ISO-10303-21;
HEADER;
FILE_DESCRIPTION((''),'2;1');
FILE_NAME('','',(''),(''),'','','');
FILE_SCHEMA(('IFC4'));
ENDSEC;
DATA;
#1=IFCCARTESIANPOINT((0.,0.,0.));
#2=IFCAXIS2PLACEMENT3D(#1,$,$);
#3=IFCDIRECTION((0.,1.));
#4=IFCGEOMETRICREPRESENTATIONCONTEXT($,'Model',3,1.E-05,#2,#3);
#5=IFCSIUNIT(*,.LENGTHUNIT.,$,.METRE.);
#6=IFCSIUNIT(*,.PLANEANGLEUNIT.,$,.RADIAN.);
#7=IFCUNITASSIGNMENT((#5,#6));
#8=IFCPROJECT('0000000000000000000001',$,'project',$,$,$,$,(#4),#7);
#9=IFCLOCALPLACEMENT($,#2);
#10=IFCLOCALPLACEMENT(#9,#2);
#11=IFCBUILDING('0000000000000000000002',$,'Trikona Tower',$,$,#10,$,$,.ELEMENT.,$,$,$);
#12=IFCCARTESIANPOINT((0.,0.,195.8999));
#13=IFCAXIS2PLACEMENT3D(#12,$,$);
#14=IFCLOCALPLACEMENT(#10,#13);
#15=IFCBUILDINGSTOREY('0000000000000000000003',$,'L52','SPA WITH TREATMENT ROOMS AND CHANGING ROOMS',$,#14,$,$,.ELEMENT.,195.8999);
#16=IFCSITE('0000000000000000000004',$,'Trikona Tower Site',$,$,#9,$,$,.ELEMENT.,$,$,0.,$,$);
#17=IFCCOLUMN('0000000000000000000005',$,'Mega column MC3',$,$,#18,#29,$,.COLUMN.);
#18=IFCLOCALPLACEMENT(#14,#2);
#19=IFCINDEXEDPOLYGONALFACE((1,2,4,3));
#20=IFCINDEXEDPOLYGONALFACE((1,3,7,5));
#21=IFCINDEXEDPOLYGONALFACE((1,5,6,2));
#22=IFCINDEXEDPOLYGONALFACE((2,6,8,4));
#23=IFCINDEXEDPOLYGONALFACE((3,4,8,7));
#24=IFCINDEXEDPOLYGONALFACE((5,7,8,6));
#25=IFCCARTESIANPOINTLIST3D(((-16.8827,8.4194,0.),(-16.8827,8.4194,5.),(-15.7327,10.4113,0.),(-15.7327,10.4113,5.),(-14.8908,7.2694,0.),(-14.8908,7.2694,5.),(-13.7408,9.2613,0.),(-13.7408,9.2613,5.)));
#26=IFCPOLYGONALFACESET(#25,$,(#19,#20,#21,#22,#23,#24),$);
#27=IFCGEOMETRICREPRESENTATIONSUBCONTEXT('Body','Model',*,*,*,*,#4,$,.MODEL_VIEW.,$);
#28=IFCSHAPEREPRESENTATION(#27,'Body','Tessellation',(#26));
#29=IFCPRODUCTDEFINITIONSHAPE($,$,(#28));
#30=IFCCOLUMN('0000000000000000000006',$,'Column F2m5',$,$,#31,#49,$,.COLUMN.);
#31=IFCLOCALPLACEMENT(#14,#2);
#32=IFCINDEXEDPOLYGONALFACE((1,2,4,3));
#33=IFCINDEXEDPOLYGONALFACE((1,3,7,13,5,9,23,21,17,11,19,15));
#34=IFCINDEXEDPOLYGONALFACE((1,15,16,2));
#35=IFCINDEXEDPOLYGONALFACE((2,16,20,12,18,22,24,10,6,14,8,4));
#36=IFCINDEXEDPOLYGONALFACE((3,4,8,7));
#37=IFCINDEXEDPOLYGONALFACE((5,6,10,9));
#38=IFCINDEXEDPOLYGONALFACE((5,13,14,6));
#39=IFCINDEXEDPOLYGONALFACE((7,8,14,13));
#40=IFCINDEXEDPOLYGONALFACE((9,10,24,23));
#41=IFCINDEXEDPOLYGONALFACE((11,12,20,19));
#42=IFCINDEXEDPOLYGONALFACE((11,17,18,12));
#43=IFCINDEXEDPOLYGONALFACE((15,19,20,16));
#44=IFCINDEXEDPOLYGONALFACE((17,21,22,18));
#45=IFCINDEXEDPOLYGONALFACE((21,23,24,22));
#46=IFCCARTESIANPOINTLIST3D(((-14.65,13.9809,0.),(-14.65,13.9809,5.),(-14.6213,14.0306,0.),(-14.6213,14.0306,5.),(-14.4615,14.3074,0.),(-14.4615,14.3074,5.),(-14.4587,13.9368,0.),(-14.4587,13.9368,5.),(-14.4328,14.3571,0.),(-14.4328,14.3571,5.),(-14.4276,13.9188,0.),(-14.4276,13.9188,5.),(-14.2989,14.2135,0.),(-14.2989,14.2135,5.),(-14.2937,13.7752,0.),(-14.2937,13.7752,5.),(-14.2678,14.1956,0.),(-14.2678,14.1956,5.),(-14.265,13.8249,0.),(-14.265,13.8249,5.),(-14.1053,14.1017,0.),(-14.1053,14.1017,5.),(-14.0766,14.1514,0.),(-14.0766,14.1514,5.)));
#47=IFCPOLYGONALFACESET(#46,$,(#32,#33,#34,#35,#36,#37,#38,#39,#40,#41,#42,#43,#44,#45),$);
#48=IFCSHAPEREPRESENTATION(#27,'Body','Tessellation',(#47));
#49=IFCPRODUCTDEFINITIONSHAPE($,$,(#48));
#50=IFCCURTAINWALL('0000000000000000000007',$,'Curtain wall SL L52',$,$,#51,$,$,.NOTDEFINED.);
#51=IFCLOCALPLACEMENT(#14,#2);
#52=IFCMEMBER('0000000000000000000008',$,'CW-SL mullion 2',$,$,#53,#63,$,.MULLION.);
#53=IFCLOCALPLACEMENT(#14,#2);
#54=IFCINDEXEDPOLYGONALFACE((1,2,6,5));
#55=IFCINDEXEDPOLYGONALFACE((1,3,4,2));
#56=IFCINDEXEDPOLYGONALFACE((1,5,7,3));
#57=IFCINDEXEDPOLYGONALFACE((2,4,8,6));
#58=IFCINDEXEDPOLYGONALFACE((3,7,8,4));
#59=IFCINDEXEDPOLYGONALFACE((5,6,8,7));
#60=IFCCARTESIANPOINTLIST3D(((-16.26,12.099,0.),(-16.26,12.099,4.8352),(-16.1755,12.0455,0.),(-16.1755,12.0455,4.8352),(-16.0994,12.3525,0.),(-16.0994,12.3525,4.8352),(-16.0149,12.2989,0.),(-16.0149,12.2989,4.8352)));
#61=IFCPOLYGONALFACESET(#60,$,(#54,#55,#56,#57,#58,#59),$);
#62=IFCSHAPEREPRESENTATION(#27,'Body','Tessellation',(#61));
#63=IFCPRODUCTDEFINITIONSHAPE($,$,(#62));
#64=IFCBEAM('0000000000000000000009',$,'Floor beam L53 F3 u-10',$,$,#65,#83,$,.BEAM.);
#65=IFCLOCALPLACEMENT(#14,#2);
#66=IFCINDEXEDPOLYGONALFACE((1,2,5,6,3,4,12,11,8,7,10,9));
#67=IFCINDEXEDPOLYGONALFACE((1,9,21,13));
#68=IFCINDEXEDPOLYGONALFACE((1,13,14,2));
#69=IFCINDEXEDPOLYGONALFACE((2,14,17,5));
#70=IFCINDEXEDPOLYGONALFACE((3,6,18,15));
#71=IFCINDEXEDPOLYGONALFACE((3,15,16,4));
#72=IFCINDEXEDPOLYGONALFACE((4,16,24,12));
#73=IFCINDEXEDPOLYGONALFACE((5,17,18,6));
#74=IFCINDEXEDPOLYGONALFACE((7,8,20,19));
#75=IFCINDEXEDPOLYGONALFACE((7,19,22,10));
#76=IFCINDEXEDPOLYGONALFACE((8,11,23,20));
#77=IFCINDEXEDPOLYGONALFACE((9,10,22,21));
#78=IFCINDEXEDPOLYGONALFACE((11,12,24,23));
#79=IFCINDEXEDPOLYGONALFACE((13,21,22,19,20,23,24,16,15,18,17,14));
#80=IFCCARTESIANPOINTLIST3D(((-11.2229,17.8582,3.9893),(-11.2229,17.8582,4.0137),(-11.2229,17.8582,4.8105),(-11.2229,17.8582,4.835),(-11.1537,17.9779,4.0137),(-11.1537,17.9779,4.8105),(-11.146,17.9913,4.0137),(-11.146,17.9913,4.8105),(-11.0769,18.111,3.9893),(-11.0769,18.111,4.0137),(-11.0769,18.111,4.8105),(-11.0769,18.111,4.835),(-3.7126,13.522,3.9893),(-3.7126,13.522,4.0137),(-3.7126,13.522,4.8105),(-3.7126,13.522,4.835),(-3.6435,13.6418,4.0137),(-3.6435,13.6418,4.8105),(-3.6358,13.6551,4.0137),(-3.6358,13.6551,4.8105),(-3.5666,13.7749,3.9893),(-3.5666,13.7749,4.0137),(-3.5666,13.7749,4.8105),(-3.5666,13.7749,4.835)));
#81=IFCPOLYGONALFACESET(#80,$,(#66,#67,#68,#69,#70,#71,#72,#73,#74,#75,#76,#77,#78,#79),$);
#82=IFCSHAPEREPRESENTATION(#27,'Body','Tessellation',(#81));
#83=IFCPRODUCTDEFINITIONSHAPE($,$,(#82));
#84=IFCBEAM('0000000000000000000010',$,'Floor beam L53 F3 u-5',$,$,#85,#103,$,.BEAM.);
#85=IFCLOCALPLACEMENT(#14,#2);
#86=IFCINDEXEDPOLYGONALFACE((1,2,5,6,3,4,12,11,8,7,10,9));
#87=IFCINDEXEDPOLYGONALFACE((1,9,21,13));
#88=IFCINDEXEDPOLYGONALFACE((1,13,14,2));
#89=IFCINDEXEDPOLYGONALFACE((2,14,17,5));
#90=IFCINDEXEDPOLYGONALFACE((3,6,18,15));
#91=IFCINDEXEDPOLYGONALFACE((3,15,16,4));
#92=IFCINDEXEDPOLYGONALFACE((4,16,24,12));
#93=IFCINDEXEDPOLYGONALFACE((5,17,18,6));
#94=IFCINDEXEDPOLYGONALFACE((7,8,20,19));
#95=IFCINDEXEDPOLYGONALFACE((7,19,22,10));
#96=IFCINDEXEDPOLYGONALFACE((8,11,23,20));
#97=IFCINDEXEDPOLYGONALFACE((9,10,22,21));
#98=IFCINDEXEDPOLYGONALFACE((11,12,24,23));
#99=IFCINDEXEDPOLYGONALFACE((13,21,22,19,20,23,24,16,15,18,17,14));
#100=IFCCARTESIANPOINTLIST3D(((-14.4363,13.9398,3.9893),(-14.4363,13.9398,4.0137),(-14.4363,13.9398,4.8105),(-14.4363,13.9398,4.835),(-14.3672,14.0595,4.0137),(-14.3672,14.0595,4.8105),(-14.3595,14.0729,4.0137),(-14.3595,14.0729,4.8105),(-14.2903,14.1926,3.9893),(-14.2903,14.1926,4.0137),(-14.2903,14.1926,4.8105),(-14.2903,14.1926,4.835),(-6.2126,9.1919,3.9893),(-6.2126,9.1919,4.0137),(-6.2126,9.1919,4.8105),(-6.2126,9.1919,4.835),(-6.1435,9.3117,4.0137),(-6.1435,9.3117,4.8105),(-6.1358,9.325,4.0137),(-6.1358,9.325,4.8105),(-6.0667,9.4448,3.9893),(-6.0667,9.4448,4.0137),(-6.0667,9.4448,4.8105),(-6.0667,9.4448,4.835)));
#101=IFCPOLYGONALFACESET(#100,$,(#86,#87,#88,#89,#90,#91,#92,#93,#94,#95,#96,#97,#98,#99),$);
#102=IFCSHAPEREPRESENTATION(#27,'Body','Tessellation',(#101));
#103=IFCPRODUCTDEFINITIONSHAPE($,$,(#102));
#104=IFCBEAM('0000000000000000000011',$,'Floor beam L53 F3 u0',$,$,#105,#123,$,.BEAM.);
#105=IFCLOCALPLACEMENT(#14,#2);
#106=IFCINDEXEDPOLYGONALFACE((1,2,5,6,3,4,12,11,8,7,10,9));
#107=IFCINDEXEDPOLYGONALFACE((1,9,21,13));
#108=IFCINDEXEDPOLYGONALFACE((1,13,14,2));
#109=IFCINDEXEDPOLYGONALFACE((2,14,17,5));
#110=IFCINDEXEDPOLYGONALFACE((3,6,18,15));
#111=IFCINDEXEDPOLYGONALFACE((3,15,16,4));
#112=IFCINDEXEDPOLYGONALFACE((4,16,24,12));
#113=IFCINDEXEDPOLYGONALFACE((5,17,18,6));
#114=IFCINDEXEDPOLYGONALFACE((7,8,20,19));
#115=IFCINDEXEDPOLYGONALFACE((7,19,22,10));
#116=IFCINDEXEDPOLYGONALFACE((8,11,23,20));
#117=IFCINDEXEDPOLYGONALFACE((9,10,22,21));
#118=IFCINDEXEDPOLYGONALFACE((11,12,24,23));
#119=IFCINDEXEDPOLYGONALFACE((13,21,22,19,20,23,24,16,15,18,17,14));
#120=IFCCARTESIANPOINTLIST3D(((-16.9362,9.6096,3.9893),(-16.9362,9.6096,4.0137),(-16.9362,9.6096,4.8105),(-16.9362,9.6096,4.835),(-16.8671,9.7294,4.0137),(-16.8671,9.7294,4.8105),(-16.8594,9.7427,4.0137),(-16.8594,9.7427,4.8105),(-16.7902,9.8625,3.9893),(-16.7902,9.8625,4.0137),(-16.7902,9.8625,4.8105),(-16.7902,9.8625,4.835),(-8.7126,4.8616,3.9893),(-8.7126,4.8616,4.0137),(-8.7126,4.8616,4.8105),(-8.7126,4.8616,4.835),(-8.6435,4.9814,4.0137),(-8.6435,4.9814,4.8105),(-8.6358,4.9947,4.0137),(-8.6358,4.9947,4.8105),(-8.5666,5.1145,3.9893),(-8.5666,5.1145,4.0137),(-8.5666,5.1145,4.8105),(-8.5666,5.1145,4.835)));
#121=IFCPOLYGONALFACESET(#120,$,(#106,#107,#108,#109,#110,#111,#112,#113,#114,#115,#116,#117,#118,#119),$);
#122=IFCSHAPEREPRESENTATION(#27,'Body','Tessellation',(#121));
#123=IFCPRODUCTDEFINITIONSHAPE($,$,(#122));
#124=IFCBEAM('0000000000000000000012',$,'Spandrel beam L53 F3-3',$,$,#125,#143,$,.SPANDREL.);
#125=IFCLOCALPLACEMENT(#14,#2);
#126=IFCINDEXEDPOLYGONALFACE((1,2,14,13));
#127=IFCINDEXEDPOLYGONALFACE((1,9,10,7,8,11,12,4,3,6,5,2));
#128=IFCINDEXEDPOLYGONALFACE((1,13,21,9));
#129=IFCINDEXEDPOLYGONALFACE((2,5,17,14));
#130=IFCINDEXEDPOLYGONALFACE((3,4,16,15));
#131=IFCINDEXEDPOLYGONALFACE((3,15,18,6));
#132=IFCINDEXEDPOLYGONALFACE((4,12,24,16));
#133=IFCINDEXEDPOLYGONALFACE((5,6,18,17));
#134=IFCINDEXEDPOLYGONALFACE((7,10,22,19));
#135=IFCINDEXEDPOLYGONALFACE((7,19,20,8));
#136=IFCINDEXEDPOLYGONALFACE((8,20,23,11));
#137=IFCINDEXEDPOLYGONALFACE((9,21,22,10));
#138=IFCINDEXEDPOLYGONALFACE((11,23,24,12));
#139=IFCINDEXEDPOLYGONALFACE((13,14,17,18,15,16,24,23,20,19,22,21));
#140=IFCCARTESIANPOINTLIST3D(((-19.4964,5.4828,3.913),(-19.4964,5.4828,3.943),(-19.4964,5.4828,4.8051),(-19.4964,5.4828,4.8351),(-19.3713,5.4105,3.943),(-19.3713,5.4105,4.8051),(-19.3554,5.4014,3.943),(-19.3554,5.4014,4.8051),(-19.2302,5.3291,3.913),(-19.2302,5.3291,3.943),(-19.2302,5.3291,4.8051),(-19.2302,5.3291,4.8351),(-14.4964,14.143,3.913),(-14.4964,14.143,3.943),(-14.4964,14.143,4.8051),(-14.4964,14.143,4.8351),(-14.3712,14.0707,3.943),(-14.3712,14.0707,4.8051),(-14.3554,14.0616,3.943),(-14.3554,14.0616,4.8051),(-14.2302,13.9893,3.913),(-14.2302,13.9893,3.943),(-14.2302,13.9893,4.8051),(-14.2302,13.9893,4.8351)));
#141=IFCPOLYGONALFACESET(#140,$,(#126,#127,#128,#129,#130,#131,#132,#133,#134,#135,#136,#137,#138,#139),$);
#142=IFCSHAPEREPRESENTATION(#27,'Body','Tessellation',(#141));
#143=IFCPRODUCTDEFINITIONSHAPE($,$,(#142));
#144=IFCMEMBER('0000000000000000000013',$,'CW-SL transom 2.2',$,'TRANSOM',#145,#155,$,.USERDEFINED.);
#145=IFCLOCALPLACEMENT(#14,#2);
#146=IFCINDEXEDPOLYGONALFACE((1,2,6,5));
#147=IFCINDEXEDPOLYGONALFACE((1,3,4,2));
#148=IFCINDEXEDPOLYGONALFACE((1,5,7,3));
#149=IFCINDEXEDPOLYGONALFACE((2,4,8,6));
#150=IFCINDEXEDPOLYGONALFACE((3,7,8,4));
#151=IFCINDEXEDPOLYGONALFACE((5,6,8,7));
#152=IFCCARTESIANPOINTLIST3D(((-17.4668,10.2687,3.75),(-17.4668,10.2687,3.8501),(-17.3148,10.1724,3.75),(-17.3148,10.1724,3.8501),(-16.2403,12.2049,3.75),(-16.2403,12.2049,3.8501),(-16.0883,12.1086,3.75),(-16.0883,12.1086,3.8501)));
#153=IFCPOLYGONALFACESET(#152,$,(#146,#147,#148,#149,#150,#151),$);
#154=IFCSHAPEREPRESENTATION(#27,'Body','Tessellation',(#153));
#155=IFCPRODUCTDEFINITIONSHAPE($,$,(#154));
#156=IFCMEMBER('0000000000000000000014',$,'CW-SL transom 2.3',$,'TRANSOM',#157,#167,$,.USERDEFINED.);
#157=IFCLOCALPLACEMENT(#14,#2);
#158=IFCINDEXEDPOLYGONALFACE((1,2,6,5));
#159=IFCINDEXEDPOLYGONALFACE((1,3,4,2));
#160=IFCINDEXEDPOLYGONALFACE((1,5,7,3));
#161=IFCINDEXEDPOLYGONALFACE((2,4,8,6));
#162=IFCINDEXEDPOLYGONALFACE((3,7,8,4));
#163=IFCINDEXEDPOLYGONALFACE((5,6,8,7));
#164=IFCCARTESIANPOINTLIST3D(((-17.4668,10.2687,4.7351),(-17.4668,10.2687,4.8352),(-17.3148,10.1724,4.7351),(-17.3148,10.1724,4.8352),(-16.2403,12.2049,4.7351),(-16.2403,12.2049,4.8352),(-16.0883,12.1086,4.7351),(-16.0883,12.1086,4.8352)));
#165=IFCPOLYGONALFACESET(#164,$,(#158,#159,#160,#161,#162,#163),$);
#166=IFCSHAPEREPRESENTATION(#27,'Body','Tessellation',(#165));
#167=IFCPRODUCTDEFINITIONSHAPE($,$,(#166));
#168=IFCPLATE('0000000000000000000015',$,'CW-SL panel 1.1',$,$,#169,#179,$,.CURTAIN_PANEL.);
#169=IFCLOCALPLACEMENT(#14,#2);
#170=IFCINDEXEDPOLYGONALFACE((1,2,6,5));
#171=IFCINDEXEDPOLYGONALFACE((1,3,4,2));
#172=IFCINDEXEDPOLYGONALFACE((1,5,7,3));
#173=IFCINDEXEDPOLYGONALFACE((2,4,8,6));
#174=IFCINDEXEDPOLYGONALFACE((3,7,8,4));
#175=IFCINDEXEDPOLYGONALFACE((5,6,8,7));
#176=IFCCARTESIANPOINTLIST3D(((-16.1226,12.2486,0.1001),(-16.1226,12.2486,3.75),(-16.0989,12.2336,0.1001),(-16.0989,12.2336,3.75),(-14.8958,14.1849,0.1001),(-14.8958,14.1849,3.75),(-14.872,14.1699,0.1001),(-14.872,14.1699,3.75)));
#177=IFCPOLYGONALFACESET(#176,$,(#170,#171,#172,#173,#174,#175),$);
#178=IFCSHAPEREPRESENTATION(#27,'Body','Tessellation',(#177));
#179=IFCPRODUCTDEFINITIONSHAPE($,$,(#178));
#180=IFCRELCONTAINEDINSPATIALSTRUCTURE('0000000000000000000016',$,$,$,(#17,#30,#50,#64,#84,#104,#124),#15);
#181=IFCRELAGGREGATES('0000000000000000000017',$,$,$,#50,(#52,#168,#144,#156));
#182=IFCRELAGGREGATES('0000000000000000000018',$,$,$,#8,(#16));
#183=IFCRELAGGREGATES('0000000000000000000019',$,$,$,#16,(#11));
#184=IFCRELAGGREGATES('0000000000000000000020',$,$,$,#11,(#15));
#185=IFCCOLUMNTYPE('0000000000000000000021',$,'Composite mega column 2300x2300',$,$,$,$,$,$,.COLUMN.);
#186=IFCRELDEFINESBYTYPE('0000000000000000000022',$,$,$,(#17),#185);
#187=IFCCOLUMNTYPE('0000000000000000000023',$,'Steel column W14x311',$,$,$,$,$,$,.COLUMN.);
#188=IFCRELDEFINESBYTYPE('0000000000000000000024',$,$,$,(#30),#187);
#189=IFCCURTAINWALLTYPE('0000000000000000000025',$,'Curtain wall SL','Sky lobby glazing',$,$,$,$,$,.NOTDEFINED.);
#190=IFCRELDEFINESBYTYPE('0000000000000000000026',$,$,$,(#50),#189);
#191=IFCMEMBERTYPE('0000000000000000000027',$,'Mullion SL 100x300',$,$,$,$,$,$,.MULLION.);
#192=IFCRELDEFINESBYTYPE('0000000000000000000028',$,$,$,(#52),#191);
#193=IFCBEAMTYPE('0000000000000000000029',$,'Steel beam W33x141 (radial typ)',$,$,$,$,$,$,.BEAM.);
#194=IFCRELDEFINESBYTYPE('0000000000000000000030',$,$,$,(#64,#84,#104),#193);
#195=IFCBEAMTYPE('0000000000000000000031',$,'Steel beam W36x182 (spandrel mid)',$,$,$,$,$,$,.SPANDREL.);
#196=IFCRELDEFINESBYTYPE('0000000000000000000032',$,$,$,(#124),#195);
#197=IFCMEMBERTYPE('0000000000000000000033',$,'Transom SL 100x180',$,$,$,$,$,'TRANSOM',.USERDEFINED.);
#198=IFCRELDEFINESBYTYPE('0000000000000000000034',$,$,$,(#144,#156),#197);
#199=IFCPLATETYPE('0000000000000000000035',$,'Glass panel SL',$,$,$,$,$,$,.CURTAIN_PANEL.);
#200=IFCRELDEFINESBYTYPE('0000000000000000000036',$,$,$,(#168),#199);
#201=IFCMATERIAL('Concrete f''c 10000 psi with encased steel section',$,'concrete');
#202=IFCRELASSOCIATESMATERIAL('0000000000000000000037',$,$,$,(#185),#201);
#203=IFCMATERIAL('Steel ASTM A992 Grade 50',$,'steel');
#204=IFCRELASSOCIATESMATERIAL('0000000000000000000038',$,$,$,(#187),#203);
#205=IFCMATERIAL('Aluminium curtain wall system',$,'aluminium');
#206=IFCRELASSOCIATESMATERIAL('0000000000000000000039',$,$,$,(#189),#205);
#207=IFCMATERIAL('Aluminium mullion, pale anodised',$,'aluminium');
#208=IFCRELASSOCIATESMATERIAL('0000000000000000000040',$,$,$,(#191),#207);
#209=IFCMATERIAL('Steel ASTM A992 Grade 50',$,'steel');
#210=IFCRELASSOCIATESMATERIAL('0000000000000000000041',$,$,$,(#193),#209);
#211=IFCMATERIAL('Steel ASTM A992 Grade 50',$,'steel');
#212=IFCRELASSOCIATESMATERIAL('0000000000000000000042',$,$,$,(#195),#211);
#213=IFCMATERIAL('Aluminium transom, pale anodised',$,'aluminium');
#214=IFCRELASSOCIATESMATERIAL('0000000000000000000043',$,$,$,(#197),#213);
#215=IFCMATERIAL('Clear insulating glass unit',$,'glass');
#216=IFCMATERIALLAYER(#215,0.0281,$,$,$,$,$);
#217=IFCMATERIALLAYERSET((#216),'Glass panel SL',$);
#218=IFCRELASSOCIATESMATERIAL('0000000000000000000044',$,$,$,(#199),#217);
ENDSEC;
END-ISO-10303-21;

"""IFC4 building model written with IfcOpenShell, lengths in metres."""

from ifc_helpers import new_model, si_unit, direction, frame, origin, origin_2d, place, context, subcontext, project, spatial, rectangle, i_section, extrude, material, layer, layer_set, material_profile, profile_set, type_object, element, aggregate, save


model = new_model("IFC4")

# Units and contexts
model_context = context("Model", 3, precision=1e-05, world=origin(), true_north=direction((0.0, 1.0)))
body_context = subcontext(model_context, "Body", "Model", "MODEL_VIEW")
ifc_project = project(units=[si_unit("LENGTHUNIT", "METRE"), si_unit("PLANEANGLEUNIT", "RADIAN")], contexts=[model_context])

# Site, building, storey
site_placement = place(None, origin())
site = spatial("IfcSite", under=ifc_project, at=site_placement, Name="Trikona Tower Site", CompositionType="ELEMENT", RefElevation=0.0)
building_placement = place(site_placement, origin())
building = spatial("IfcBuilding", under=site, at=building_placement, Name="Trikona Tower", CompositionType="ELEMENT")
storey_placement = place(building_placement, frame((0.0, 0.0, 195.8999)))
storey = spatial("IfcBuildingStorey", under=building, at=storey_placement, Name="L52", Description="SPA WITH TREATMENT ROOMS AND CHANGING ROOMS", CompositionType="ELEMENT", Elevation=195.8999)

# Columns
ifc_material_1 = material(Name="Concrete f'c 10000 psi with encased steel section", Category="concrete")
ifc_material_profile_1 = material_profile(ifc_material_1, rectangle(XDim=2.3, YDim=2.3, at=origin_2d()), Name="MC2300")
ifc_profile_set_1 = profile_set([ifc_material_profile_1], Name="Concrete f'c 10000 psi with encased steel section")
column_type_1 = type_object("IfcColumnType", Name="Composite mega column 2300x2300", PredefinedType="COLUMN", material=ifc_profile_set_1)
column_1_placement = place(storey_placement, frame((-15.3118, 8.8403, 0.0), z_axis=(0.0, 0.0, 1.0), x_axis=(-0.866025, 0.5, 0.0)))
element("IfcColumn", 1, at=column_1_placement, inside=storey, type_object=column_type_1, Name="Mega column MC3", PredefinedType="COLUMN", context=body_context, shape_type="SweptSolid", body=[
    extrude(rectangle(XDim=2.3, YDim=2.3, at=origin_2d()), origin(), (0.0, 0.0, 1.0), 5.0),
])
ifc_material_2 = material(Name="Steel ASTM A992 Grade 50", Category="steel")
ifc_material_profile_2 = material_profile(ifc_material_2, i_section(OverallWidth=0.4114, OverallDepth=0.4343, WebThickness=0.0359, FlangeThickness=0.0574, at=origin_2d()), Name="W14X311")
ifc_profile_set_2 = profile_set([ifc_material_profile_2], Name="Steel ASTM A992 Grade 50")
column_type_2 = type_object("IfcColumnType", Name="Steel column W14x311", PredefinedType="COLUMN", material=ifc_profile_set_2)
column_2_placement = place(storey_placement, frame((-14.3633, 14.0662, 0.0), z_axis=(0.0, 0.0, 1.0), x_axis=(-0.866025, 0.5, 0.0)))
element("IfcColumn", 2, at=column_2_placement, inside=storey, type_object=column_type_2, Name="Column F2m5", PredefinedType="COLUMN", context=body_context, shape_type="SweptSolid", body=[
    extrude(i_section(OverallWidth=0.4114, OverallDepth=0.4343, WebThickness=0.0359, FlangeThickness=0.0574, at=origin_2d()), origin(), (0.0, 0.0, 1.0), 5.0),
])

# Curtain wall, member
ifc_material_3 = material(Name="Aluminium curtain wall system", Category="aluminium")
curtain_wall_type = type_object("IfcCurtainWallType", Name="Curtain wall SL", Description="Sky lobby glazing", PredefinedType="NOTDEFINED", material=ifc_material_3)
curtain_wall_placement = place(storey_placement, origin())
curtain_wall = element("IfcCurtainWall", 3, at=curtain_wall_placement, inside=storey, type_object=curtain_wall_type, Name="Curtain wall SL L52", PredefinedType="NOTDEFINED")
ifc_material_4 = material(Name="Aluminium mullion, pale anodised", Category="aluminium")
ifc_material_profile_3 = material_profile(ifc_material_4, rectangle(XDim=0.1001, YDim=0.3, at=origin_2d()), Name="MUL-SL")
ifc_profile_set_3 = profile_set([ifc_material_profile_3], Name="Aluminium mullion, pale anodised")
member_type_1 = type_object("IfcMemberType", Name="Mullion SL 100x300", PredefinedType="MULLION", material=ifc_profile_set_3)
member_1_placement = place(storey_placement, frame((-16.1375, 12.199, 0.0), z_axis=(0.0, 0.0, 1.0), x_axis=(0.844718, -0.535212, 0.0)))
member_1 = element("IfcMember", 4, at=member_1_placement, type_object=member_type_1, Name="CW-SL mullion 2", PredefinedType="MULLION", context=body_context, shape_type="SweptSolid", body=[
    extrude(rectangle(XDim=0.1001, YDim=0.3, at=origin_2d()), origin(), (0.0, 0.0, 1.0), 4.8352),
])

# Beams
ifc_material_5 = material(Name="Steel ASTM A992 Grade 50", Category="steel")
ifc_material_profile_4 = material_profile(ifc_material_5, i_section(OverallWidth=0.292, OverallDepth=0.8457, WebThickness=0.0154, FlangeThickness=0.0244, at=origin_2d()), Name="W33X141")
ifc_profile_set_4 = profile_set([ifc_material_profile_4], Name="Steel ASTM A992 Grade 50")
beam_type_1 = type_object("IfcBeamType", Name="Steel beam W33x141 (radial typ)", PredefinedType="BEAM", material=ifc_profile_set_4)
beam_1_placement = place(storey_placement, frame((-3.6396, 13.6484, 4.4121), z_axis=(-0.866019, 0.500012, 0.0), x_axis=(-0.500012, -0.866019, 0.0)))
element("IfcBeam", 5, at=beam_1_placement, inside=storey, type_object=beam_type_1, Name="Floor beam L53 F3 u-10", PredefinedType="BEAM", context=body_context, shape_type="SweptSolid", body=[
    extrude(i_section(OverallWidth=0.292, OverallDepth=0.8457, WebThickness=0.0154, FlangeThickness=0.0244, at=origin_2d()), origin(), (0.0, 0.0, 1.0), 8.6721),
])
for number, where, z_axis, x_axis, name in (
    (6, (-6.1396, 9.3184, 4.4121), (-0.866031, 0.499991, 0.0), (-0.499991, -0.866031, 0.0), "Floor beam L53 F3 u-5"),
    (7, (-8.6396, 4.988, 4.4121), (-0.866019, 0.50001, 0.0), (-0.50001, -0.866019, 0.0), "Floor beam L53 F3 u0"),
):
    element("IfcBeam", number, at=place(storey_placement, frame(where, z_axis=z_axis, x_axis=x_axis)), inside=storey, type_object=beam_type_1, Name=name, PredefinedType="BEAM", context=body_context, shape_type="SweptSolid", body=[
        extrude(i_section(OverallWidth=0.292, OverallDepth=0.8457, WebThickness=0.0154, FlangeThickness=0.0244, at=origin_2d()), origin(), (0.0, 0.0, 1.0), 9.4958),
    ])
ifc_material_6 = material(Name="Steel ASTM A992 Grade 50", Category="steel")
ifc_material_profile_5 = material_profile(ifc_material_6, i_section(OverallWidth=0.3074, OverallDepth=0.9221, WebThickness=0.0183, FlangeThickness=0.03, at=origin_2d()), Name="W36X182")
ifc_profile_set_5 = profile_set([ifc_material_profile_5], Name="Steel ASTM A992 Grade 50")
beam_type_2 = type_object("IfcBeamType", Name="Steel beam W36x182 (spandrel mid)", PredefinedType="SPANDREL", material=ifc_profile_set_5)
beam_2_placement = place(storey_placement, frame((-14.3633, 14.0662, 4.374), z_axis=(-0.500004, -0.866023, 0.0), x_axis=(0.866023, -0.500004, 0.0)))
element("IfcBeam", 8, at=beam_2_placement, inside=storey, type_object=beam_type_2, Name="Spandrel beam L53 F3-3", PredefinedType="SPANDREL", context=body_context, shape_type="SweptSolid", body=[
    extrude(i_section(OverallWidth=0.3074, OverallDepth=0.9221, WebThickness=0.0183, FlangeThickness=0.03, at=origin_2d()), origin(), (0.0, 0.0, 1.0), 10.0),
])

# Members
ifc_material_7 = material(Name="Aluminium transom, pale anodised", Category="aluminium")
ifc_material_profile_6 = material_profile(ifc_material_7, rectangle(XDim=0.1799, YDim=0.1001, at=origin_2d()), Name="TRN-SL")
ifc_profile_set_6 = profile_set([ifc_material_profile_6], Name="Aluminium transom, pale anodised")
member_type_2 = type_object("IfcMemberType", Name="Transom SL 100x180", ElementType="TRANSOM", PredefinedType="USERDEFINED", material=ifc_profile_set_6)
member_2_placement = place(storey_placement, frame((-16.1643, 12.1567, 3.8), z_axis=(-0.535131, -0.844769, 0.0), x_axis=(0.844769, -0.535131, 0.0)))
member_2 = element("IfcMember", 9, at=member_2_placement, type_object=member_type_2, Name="CW-SL transom 2.2", ObjectType="TRANSOM", PredefinedType="USERDEFINED", context=body_context, shape_type="SweptSolid", body=[
    extrude(rectangle(XDim=0.1799, YDim=0.1001, at=origin_2d()), origin(), (0.0, 0.0, 1.0), 2.292),
])
member_3_placement = place(storey_placement, frame((-16.1643, 12.1567, 4.7852), z_axis=(-0.535131, -0.844769, 0.0), x_axis=(0.844769, -0.535131, 0.0)))
member_3 = element("IfcMember", 10, at=member_3_placement, type_object=member_type_2, Name="CW-SL transom 2.3", ObjectType="TRANSOM", PredefinedType="USERDEFINED", context=body_context, shape_type="SweptSolid", body=[
    extrude(rectangle(XDim=0.1799, YDim=0.1001, at=origin_2d()), origin(), (0.0, 0.0, 1.0), 2.292),
])

# Plate
ifc_material_8 = material(Name="Clear insulating glass unit", Category="glass")
ifc_layer_1 = layer(ifc_material_8, 0.0281)
ifc_layer_set_1 = layer_set([ifc_layer_1], Name="Glass panel SL")
plate_type = type_object("IfcPlateType", Name="Glass panel SL", PredefinedType="CURTAIN_PANEL", material=ifc_layer_set_1)
plate_1_placement = place(storey_placement, frame((-15.4973, 13.2092, 0.1001), z_axis=(0.0, 0.0, 1.0), x_axis=(-0.535212, -0.844718, 0.0)))
plate_1 = element("IfcPlate", 11, at=plate_1_placement, type_object=plate_type, Name="CW-SL panel 1.1", PredefinedType="CURTAIN_PANEL", context=body_context, shape_type="SweptSolid", body=[
    extrude(rectangle(XDim=2.2922, YDim=0.0281, at=origin_2d()), origin(), (0.0, 0.0, 1.0), 3.6499),
])
aggregate(curtain_wall, [member_1, plate_1, member_2, member_3])

save(model, "model.ifc")
